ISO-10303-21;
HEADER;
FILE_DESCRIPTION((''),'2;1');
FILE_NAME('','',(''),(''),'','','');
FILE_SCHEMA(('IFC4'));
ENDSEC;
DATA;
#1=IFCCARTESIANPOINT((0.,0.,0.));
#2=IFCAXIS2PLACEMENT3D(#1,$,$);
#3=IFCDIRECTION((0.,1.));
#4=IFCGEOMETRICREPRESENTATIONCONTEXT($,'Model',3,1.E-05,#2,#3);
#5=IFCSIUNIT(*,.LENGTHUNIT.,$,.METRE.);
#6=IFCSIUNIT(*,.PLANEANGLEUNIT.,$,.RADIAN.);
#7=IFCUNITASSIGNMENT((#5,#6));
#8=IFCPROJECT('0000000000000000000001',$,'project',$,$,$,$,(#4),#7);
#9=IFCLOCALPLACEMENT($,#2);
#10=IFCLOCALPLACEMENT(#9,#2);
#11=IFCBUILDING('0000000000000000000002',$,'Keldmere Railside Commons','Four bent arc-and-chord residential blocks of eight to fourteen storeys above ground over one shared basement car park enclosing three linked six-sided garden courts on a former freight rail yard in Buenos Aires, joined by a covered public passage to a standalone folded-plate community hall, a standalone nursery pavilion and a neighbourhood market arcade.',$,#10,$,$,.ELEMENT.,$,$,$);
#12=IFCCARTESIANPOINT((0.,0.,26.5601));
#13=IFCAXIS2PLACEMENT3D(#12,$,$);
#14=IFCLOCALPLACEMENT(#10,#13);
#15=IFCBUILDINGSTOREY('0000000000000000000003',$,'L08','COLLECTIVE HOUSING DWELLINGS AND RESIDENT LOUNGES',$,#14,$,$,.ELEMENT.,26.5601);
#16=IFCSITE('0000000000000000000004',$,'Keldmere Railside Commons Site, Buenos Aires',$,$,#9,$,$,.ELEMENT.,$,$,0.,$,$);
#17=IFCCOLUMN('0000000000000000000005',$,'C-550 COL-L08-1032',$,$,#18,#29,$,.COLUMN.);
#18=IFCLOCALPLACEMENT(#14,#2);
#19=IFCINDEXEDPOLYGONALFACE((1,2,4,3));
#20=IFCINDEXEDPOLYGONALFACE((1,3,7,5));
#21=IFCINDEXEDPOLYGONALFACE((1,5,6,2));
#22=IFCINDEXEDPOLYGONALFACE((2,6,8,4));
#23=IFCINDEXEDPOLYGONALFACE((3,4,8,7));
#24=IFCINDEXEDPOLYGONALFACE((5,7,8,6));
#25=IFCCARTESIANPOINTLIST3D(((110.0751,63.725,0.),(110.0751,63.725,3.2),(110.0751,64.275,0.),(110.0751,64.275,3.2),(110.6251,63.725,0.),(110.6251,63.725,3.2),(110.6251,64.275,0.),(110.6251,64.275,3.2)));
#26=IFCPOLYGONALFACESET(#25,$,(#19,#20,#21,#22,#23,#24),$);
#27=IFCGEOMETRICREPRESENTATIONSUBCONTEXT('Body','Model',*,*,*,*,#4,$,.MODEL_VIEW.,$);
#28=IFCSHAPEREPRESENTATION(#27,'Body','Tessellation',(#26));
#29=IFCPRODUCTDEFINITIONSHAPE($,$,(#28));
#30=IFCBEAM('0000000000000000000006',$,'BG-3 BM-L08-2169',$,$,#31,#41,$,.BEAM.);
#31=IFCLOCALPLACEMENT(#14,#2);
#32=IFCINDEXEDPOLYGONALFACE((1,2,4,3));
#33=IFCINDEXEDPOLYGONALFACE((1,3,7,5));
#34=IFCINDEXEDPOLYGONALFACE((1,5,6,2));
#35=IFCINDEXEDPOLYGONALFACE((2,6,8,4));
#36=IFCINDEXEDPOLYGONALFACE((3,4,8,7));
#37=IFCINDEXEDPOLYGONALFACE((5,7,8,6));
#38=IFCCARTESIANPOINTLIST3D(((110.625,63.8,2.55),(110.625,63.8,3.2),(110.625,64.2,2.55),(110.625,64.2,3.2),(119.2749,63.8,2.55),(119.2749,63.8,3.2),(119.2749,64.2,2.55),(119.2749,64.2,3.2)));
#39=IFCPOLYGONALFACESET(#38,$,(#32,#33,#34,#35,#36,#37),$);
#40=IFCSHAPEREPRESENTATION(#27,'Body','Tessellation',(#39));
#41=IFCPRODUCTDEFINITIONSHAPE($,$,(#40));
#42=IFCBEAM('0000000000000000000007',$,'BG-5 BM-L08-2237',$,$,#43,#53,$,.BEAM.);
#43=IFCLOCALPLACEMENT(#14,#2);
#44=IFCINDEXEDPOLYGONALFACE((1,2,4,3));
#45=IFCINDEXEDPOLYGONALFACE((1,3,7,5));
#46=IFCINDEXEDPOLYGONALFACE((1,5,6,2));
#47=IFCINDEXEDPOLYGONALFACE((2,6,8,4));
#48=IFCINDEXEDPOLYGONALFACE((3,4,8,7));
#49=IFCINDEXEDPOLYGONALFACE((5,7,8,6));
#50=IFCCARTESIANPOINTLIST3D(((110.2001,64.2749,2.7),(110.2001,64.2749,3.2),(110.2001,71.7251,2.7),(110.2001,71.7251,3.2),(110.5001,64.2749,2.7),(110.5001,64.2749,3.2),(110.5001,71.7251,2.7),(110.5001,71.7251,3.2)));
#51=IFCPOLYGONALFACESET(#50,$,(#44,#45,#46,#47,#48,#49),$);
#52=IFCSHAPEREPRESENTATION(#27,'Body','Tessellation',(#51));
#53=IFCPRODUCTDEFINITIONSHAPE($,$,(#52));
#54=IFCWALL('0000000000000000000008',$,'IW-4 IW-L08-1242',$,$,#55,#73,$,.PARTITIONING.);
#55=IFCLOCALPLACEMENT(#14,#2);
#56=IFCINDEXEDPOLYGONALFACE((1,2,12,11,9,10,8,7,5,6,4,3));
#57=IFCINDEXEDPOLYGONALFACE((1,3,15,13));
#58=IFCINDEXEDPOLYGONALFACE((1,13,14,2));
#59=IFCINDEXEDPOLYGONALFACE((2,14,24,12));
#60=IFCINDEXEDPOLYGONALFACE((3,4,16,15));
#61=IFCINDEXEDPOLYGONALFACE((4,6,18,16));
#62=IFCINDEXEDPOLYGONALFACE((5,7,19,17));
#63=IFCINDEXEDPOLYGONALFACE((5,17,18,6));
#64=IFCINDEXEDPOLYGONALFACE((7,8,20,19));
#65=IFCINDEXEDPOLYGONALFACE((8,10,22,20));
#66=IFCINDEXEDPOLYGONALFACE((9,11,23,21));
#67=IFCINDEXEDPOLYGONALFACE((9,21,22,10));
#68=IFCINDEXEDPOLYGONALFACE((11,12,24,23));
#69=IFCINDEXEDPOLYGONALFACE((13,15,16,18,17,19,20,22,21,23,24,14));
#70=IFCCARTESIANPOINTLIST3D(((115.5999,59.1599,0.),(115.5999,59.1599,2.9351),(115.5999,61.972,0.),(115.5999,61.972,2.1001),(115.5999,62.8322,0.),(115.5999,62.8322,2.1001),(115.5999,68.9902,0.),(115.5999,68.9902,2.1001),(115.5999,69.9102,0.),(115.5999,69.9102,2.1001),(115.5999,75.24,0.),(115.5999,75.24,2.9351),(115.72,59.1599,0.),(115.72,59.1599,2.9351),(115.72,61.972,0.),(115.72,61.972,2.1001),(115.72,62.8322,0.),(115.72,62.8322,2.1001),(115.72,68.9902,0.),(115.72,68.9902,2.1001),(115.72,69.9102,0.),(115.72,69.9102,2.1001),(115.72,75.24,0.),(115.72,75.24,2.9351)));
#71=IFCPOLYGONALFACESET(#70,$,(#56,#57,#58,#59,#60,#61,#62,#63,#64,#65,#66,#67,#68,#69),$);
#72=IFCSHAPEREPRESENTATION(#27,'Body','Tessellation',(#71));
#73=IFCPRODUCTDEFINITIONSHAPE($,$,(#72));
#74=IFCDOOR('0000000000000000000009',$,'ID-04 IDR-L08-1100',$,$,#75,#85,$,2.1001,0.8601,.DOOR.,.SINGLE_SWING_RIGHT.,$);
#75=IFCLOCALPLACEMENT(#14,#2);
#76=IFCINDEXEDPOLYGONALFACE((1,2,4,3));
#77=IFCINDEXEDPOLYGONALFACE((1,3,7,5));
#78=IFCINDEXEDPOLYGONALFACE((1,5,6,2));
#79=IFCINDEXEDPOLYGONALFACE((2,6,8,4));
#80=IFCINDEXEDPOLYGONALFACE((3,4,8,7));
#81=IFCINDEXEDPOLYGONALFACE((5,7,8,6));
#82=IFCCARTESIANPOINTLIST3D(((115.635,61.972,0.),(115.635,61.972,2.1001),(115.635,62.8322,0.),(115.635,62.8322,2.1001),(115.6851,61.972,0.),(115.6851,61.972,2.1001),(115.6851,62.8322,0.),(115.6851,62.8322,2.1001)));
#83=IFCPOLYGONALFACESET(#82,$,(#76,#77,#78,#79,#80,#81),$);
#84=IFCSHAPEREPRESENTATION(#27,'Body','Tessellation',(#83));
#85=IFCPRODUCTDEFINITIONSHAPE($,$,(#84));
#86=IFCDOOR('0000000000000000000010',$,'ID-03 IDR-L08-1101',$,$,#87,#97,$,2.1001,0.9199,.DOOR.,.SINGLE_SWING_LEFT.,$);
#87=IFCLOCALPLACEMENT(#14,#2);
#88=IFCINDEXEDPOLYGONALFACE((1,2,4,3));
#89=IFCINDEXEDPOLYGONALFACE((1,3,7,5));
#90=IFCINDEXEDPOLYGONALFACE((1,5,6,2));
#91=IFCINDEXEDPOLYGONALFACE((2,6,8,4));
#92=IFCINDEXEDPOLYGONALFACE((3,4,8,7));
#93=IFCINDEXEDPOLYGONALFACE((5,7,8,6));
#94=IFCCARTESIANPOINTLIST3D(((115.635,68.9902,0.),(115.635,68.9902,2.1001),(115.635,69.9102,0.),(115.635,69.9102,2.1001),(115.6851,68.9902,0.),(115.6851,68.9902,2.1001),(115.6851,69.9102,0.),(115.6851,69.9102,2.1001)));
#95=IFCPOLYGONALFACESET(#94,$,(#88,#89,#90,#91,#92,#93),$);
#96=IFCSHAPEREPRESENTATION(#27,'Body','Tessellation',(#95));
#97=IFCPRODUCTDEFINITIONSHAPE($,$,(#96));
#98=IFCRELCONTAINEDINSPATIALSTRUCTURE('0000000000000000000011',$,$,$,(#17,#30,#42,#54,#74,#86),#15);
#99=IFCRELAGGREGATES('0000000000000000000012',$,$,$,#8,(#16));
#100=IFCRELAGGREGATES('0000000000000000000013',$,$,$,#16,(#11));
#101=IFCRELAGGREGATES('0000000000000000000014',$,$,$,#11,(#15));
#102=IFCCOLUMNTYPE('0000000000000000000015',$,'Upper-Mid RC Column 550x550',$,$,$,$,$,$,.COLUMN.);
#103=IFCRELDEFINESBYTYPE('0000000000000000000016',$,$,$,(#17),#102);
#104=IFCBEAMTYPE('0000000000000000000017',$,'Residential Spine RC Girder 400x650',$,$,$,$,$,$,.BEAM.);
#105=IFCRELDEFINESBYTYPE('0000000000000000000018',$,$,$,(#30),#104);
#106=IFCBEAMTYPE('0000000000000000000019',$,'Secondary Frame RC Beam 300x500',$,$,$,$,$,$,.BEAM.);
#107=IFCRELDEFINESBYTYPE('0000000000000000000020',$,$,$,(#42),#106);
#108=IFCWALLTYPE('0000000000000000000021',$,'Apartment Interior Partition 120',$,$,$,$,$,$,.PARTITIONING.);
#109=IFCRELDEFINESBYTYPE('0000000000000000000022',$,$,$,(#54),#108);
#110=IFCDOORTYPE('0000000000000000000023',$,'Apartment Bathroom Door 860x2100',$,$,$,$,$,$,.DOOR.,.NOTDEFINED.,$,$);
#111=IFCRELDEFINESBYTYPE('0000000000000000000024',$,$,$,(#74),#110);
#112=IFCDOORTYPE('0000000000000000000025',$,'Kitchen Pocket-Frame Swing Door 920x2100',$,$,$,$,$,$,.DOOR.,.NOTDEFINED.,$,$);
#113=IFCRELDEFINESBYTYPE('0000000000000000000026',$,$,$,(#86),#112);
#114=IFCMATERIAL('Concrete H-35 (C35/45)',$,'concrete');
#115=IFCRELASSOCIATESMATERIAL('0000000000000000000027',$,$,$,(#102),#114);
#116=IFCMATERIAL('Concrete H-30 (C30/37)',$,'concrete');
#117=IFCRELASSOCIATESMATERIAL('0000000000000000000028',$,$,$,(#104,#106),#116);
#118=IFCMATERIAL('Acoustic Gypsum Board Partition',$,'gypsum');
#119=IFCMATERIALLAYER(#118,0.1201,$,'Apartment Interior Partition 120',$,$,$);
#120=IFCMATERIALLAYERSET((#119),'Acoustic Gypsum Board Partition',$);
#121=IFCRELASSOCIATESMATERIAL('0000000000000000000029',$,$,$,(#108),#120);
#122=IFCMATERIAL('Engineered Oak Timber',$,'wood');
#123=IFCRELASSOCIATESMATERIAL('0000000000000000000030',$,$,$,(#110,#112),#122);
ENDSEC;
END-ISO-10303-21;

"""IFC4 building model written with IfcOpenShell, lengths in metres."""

from ifc_helpers import new_model, si_unit, direction, frame, frame_2d, origin, origin_2d, place, context, subcontext, project, spatial, rectangle, extrude, material, layer, layer_set, material_profile, profile_set, type_object, element, fill, save


model = new_model("IFC4")

# Units and contexts
model_context = context("Model", 3, precision=1e-05, world=origin(), true_north=direction((0.0, 1.0)))
body_context = subcontext(model_context, "Body", "Model", "MODEL_VIEW")
ifc_project = project(units=[si_unit("LENGTHUNIT", "METRE"), si_unit("PLANEANGLEUNIT", "RADIAN")], contexts=[model_context])

# Site, building, storey
site_placement = place(None, origin())
site = spatial("IfcSite", under=ifc_project, at=site_placement, Name="Keldmere Railside Commons Site, Buenos Aires", CompositionType="ELEMENT", RefElevation=0.0)
building_placement = place(site_placement, origin())
building = spatial("IfcBuilding", under=site, at=building_placement, Name="Keldmere Railside Commons", Description="Four bent arc-and-chord residential blocks of eight to fourteen storeys above ground over one shared basement car park enclosing three linked six-sided garden courts on a former freight rail yard in Buenos Aires, joined by a covered public passage to a standalone folded-plate community hall, a standalone nursery pavilion and a neighbourhood market arcade.", CompositionType="ELEMENT")
storey_placement = place(building_placement, frame((0.0, 0.0, 26.5601)))
storey = spatial("IfcBuildingStorey", under=building, at=storey_placement, Name="L08", Description="COLLECTIVE HOUSING DWELLINGS AND RESIDENT LOUNGES", CompositionType="ELEMENT", Elevation=26.5601)

# Column
ifc_material_1 = material(Name="Concrete H-35 (C35/45)", Category="concrete")
ifc_material_profile_1 = material_profile(ifc_material_1, rectangle(XDim=0.55, YDim=0.55, at=origin_2d()), Name="RC-550x550")
ifc_profile_set_1 = profile_set([ifc_material_profile_1], Name="Concrete H-35 (C35/45)")
column_type = type_object("IfcColumnType", Name="Upper-Mid RC Column 550x550", PredefinedType="COLUMN", material=ifc_profile_set_1)
column_placement = place(storey_placement, frame((110.3501, 64.0, 0.0), z_axis=(0.0, 0.0, 1.0), x_axis=(1.0, 0.0, 0.0)))
element("IfcColumn", 1, at=column_placement, inside=storey, type_object=column_type, Name="C-550 COL-L08-1032", PredefinedType="COLUMN", context=body_context, shape_type="SweptSolid", body=[
    extrude(rectangle(XDim=0.55, YDim=0.55, at=origin_2d()), origin(), (0.0, 0.0, 1.0), 3.2),
])

# Beams
ifc_material_2 = material(Name="Concrete H-30 (C30/37)", Category="concrete")
ifc_material_profile_2 = material_profile(ifc_material_2, rectangle(XDim=0.3999, YDim=0.6499, at=origin_2d()), Name="RC-400x650")
ifc_profile_set_2 = profile_set([ifc_material_profile_2], Name="Concrete H-30 (C30/37)")
beam_type_1 = type_object("IfcBeamType", Name="Residential Spine RC Girder 400x650", PredefinedType="BEAM", material=ifc_profile_set_2)
beam_1_placement = place(storey_placement, frame((110.625, 64.0, 2.875), z_axis=(1.0, 0.0, 0.0), x_axis=(0.0, 1.0, 0.0)))
element("IfcBeam", 2, at=beam_1_placement, inside=storey, type_object=beam_type_1, Name="BG-3 BM-L08-2169", PredefinedType="BEAM", context=body_context, shape_type="SweptSolid", body=[
    extrude(rectangle(XDim=0.3999, YDim=0.6499, at=origin_2d()), origin(), (0.0, 0.0, 1.0), 8.6499),
])
ifc_material_profile_3 = material_profile(ifc_material_2, rectangle(XDim=0.3, YDim=0.5, at=origin_2d()), Name="RC-300x500")
ifc_profile_set_3 = profile_set([ifc_material_profile_3], Name="Concrete H-30 (C30/37)")
beam_type_2 = type_object("IfcBeamType", Name="Secondary Frame RC Beam 300x500", PredefinedType="BEAM", material=ifc_profile_set_3)
beam_2_placement = place(storey_placement, frame((110.3501, 64.2749, 2.95), z_axis=(0.0, 1.0, 0.0), x_axis=(-1.0, 0.0, 0.0)))
element("IfcBeam", 3, at=beam_2_placement, inside=storey, type_object=beam_type_2, Name="BG-5 BM-L08-2237", PredefinedType="BEAM", context=body_context, shape_type="SweptSolid", body=[
    extrude(rectangle(XDim=0.3, YDim=0.5, at=origin_2d()), origin(), (0.0, 0.0, 1.0), 7.4502),
])

# Wall, openings, doors
ifc_material_3 = material(Name="Acoustic Gypsum Board Partition", Category="gypsum")
ifc_layer_1 = layer(ifc_material_3, 0.1201, Name="Apartment Interior Partition 120")
ifc_layer_set_1 = layer_set([ifc_layer_1], Name="Acoustic Gypsum Board Partition")
wall_type_1 = type_object("IfcWallType", Name="Apartment Interior Partition 120", PredefinedType="PARTITIONING", material=ifc_layer_set_1)
wall_1_placement = place(storey_placement, frame((115.6599, 59.1599, 0.0), z_axis=(0.0, 0.0, 1.0), x_axis=(0.0, 1.0, 0.0)))
wall_1 = element("IfcWall", 4, at=wall_1_placement, inside=storey, type_object=wall_type_1, Name="IW-4 IW-L08-1242", PredefinedType="PARTITIONING", context=body_context, shape_type="SweptSolid", body=[
    extrude(rectangle(XDim=16.0801, YDim=0.1201, at=frame_2d((8.04, 0.0))), origin(), (0.0, 0.0, 1.0), 2.9351),
])
opening_1_placement = place(wall_1_placement, frame((2.812, 0.0, 0.0)))
opening_1 = element("IfcOpeningElement", 5, at=opening_1_placement, cuts=wall_1, PredefinedType="OPENING", context=body_context, shape_type="SweptSolid", body=[
    extrude(rectangle(XDim=0.8601, YDim=2.1001, at=frame_2d((0.4302, 1.05))), frame((0.0, 0.0701, 0.0), z_axis=(0.0, -1.0, 0.0), x_axis=(1.0, 0.0, 0.0)), (0.0, 0.0, 1.0), 0.1401),
])
opening_2_placement = place(wall_1_placement, frame((9.8303, 0.0, 0.0)))
opening_2 = element("IfcOpeningElement", 6, at=opening_2_placement, cuts=wall_1, PredefinedType="OPENING", context=body_context, shape_type="SweptSolid", body=[
    extrude(rectangle(XDim=0.9199, YDim=2.1001, at=frame_2d((0.46, 1.05))), frame((0.0, 0.0701, 0.0), z_axis=(0.0, -1.0, 0.0), x_axis=(1.0, 0.0, 0.0)), (0.0, 0.0, 1.0), 0.1401),
])
ifc_material_4 = material(Name="Engineered Oak Timber", Category="wood")
door_type_1 = type_object("IfcDoorType", Name="Apartment Bathroom Door 860x2100", OperationType="NOTDEFINED", PredefinedType="DOOR", material=ifc_material_4)
door_1_placement = place(opening_1_placement, origin())
door_1 = element("IfcDoor", 7, at=door_1_placement, inside=storey, type_object=door_type_1, Name="ID-04 IDR-L08-1100", OperationType="SINGLE_SWING_RIGHT", OverallHeight=2.1001, OverallWidth=0.8601, PredefinedType="DOOR", context=body_context, shape_type="SweptSolid", body=[
    extrude(rectangle(XDim=0.8601, YDim=2.1001, at=frame_2d((0.4302, 1.05))), frame((0.0, 0.0249, 0.0), z_axis=(0.0, -1.0, 0.0), x_axis=(1.0, 0.0, 0.0)), (0.0, 0.0, 1.0), 0.05),
])
fill(opening_1, door_1)
door_type_2 = type_object("IfcDoorType", Name="Kitchen Pocket-Frame Swing Door 920x2100", OperationType="NOTDEFINED", PredefinedType="DOOR", material=ifc_material_4)
door_2_placement = place(opening_2_placement, origin())
door_2 = element("IfcDoor", 8, at=door_2_placement, inside=storey, type_object=door_type_2, Name="ID-03 IDR-L08-1101", OperationType="SINGLE_SWING_LEFT", OverallHeight=2.1001, OverallWidth=0.9199, PredefinedType="DOOR", context=body_context, shape_type="SweptSolid", body=[
    extrude(rectangle(XDim=0.9199, YDim=2.1001, at=frame_2d((0.46, 1.05))), frame((0.0, 0.0249, 0.0), z_axis=(0.0, -1.0, 0.0), x_axis=(1.0, 0.0, 0.0)), (0.0, 0.0, 1.0), 0.05),
])
fill(opening_2, door_2)

save(model, "model.ifc")
